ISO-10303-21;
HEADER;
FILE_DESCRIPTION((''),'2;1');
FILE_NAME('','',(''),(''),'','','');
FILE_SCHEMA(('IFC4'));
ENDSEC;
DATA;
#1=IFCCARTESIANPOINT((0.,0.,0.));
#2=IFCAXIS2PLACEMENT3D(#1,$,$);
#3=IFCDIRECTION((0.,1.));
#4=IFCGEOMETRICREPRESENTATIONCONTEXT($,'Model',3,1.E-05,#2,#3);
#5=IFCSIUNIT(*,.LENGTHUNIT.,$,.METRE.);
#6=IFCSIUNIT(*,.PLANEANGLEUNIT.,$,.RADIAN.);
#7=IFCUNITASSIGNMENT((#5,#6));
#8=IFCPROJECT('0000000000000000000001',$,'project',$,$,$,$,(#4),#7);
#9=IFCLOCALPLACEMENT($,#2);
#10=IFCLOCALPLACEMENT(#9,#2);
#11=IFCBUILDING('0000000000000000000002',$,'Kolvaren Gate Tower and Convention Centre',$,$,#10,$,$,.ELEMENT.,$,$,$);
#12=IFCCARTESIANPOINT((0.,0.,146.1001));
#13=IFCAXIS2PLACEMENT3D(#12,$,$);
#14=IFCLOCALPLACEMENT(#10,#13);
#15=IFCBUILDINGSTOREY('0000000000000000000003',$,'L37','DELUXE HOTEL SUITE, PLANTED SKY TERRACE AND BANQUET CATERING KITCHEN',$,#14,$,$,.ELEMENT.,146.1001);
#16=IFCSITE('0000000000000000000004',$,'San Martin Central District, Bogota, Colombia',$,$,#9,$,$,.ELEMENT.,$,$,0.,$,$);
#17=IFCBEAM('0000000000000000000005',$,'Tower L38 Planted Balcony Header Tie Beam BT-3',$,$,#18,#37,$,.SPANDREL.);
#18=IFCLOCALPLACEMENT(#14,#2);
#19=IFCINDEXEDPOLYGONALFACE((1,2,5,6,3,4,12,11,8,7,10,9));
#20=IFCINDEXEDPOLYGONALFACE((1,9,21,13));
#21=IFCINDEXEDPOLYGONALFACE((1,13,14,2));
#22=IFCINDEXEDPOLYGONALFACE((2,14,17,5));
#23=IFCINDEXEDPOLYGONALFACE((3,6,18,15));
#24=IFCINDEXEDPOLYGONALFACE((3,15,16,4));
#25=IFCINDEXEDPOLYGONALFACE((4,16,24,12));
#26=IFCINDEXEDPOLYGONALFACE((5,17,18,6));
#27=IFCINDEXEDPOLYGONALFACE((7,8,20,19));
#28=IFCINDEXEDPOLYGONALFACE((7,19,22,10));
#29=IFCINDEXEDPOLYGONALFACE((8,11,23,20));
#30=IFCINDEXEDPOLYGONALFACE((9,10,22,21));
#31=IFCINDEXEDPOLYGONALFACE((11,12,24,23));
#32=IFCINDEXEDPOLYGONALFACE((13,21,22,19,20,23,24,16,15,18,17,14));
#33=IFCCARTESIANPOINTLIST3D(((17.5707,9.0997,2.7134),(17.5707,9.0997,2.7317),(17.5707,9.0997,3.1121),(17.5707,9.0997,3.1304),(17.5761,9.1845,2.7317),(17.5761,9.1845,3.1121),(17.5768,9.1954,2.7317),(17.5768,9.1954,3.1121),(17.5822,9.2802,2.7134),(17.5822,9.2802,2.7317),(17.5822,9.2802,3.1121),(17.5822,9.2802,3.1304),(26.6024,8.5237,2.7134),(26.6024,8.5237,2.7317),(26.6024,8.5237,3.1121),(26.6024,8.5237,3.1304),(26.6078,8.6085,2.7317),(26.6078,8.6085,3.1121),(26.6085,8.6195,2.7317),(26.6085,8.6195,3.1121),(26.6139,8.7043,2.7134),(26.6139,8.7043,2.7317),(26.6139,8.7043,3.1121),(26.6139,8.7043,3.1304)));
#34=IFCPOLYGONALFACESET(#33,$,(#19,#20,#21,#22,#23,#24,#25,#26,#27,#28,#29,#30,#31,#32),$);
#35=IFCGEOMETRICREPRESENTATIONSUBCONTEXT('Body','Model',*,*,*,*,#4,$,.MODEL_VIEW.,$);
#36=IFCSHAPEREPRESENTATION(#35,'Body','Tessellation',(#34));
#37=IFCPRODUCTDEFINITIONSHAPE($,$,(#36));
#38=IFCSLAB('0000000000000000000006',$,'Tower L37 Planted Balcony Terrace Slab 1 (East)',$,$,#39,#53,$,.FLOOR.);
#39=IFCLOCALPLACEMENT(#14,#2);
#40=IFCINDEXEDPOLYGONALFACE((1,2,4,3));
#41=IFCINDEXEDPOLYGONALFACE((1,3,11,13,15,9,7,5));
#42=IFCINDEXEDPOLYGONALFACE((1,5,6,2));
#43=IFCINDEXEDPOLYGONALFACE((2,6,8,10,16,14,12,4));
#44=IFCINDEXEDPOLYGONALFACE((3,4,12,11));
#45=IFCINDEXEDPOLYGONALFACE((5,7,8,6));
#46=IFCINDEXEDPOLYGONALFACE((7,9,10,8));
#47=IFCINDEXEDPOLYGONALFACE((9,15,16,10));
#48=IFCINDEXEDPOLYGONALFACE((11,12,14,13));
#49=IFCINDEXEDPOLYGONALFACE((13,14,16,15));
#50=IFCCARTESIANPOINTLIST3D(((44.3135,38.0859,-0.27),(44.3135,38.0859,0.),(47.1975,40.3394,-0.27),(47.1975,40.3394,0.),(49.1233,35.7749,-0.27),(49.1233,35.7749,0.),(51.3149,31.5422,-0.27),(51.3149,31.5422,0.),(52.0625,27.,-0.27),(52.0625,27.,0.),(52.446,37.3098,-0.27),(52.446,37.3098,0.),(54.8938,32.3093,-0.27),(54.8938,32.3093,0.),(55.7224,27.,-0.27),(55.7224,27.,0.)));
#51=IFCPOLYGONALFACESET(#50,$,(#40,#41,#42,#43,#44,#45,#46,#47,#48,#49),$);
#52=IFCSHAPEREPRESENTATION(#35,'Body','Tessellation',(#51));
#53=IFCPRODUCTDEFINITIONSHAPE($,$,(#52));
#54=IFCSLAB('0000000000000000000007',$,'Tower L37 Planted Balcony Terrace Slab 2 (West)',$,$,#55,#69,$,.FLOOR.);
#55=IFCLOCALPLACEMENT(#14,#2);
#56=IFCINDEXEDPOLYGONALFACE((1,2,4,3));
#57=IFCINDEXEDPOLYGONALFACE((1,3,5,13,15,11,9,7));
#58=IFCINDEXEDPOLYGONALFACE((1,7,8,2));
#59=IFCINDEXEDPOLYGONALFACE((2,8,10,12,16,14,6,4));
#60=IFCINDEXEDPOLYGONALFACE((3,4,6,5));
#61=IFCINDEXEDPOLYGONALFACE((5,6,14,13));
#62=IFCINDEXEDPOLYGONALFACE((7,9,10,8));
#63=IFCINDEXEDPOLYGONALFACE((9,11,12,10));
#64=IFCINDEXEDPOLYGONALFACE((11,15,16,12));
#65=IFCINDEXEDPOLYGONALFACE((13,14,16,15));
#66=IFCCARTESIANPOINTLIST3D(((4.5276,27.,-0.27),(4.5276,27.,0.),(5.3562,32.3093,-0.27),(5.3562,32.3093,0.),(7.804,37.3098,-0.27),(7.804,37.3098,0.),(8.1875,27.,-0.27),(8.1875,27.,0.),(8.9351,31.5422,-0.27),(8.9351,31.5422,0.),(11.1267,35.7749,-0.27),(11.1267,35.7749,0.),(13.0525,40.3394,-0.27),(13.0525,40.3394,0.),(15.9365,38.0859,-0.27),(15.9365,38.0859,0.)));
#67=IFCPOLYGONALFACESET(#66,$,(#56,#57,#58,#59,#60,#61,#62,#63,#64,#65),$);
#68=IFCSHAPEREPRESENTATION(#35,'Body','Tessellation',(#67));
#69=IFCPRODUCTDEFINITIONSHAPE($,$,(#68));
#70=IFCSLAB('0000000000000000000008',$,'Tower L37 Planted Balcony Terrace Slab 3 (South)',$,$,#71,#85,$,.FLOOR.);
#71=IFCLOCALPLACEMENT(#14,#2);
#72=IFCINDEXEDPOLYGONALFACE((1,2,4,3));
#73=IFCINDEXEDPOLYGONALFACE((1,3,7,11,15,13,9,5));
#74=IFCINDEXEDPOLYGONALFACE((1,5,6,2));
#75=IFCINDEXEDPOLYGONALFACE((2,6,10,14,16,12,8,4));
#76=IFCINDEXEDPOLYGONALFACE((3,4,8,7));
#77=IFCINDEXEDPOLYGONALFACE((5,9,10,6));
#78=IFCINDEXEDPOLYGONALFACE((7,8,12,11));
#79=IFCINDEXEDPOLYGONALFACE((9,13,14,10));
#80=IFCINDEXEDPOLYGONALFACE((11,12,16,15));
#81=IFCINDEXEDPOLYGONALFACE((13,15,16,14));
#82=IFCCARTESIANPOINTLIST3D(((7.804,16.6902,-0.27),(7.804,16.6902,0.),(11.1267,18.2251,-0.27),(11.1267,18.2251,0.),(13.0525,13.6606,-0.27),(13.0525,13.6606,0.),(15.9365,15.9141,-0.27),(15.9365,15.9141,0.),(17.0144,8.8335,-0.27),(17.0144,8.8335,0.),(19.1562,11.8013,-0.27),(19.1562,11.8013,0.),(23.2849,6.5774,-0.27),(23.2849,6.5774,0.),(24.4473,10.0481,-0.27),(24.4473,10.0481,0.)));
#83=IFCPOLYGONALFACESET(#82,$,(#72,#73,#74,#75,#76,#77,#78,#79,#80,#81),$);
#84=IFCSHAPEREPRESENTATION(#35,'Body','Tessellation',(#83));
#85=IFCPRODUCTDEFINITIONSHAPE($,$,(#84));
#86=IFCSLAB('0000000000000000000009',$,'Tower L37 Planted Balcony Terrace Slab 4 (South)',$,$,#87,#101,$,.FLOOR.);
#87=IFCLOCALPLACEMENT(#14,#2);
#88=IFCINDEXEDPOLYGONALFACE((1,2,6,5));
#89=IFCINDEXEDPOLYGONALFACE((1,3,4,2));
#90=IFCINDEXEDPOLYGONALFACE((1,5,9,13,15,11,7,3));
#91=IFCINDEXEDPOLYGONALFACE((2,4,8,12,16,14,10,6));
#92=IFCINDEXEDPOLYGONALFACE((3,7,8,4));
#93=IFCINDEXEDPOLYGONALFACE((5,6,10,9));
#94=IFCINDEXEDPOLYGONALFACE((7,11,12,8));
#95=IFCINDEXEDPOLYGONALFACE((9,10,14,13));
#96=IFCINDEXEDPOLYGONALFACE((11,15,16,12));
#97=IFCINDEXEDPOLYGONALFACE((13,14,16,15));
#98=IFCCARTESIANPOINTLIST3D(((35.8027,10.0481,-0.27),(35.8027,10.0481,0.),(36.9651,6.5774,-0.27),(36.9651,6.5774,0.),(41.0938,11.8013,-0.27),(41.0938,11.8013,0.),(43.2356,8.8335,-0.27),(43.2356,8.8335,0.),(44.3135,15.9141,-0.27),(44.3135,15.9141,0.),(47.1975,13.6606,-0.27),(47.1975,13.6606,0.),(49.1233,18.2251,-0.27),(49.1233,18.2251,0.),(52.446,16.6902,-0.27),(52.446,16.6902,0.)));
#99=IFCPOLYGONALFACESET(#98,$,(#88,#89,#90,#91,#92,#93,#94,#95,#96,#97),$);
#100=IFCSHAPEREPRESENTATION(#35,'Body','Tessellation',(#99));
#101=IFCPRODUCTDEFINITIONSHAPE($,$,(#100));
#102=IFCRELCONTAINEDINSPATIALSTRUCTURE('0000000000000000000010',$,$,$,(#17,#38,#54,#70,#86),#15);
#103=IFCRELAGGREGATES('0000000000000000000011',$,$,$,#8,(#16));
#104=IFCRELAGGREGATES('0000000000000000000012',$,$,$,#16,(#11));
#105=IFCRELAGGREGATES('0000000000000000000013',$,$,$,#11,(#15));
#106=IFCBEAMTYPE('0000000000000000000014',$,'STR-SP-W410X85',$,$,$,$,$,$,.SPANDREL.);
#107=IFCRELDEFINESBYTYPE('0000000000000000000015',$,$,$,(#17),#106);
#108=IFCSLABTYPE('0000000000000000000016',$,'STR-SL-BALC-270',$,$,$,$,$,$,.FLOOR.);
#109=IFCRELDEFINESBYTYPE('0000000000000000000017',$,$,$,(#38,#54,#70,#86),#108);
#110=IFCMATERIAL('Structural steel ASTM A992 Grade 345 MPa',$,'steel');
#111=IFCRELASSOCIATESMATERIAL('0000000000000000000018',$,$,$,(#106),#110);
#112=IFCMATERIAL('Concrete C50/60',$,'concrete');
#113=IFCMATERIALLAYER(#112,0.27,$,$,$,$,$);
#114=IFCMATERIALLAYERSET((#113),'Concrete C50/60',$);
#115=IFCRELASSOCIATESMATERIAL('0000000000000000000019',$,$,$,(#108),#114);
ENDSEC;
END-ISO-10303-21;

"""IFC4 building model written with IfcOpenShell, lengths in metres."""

from ifc_helpers import new_model, si_unit, direction, frame, origin, origin_2d, place, context, subcontext, project, spatial, polyline, i_section, outline, extrude, material, layer, layer_set, material_profile, profile_set, type_object, element, save


model = new_model("IFC4")

# Units and contexts
model_context = context("Model", 3, precision=1e-05, world=origin(), true_north=direction((0.0, 1.0)))
body_context = subcontext(model_context, "Body", "Model", "MODEL_VIEW")
ifc_project = project(units=[si_unit("LENGTHUNIT", "METRE"), si_unit("PLANEANGLEUNIT", "RADIAN")], contexts=[model_context])

# Site, building, storey
site_placement = place(None, origin())
site = spatial("IfcSite", under=ifc_project, at=site_placement, Name="San Martin Central District, Bogota, Colombia", CompositionType="ELEMENT", RefElevation=0.0)
building_placement = place(site_placement, origin())
building = spatial("IfcBuilding", under=site, at=building_placement, Name="Kolvaren Gate Tower and Convention Centre", CompositionType="ELEMENT")
storey_placement = place(building_placement, frame((0.0, 0.0, 146.1001)))
storey = spatial("IfcBuildingStorey", under=building, at=storey_placement, Name="L37", Description="DELUXE HOTEL SUITE, PLANTED SKY TERRACE AND BANQUET CATERING KITCHEN", CompositionType="ELEMENT", Elevation=146.1001)

# Beam
ifc_material_1 = material(Name="Structural steel ASTM A992 Grade 345 MPa", Category="steel")
ifc_material_profile = material_profile(ifc_material_1, i_section(OverallWidth=0.1809, OverallDepth=0.417, WebThickness=0.011, FlangeThickness=0.0183, at=origin_2d()), Name="W410X85")
ifc_profile_set = profile_set([ifc_material_profile], Name="Structural steel ASTM A992 Grade 345 MPa")
beam_type = type_object("IfcBeamType", Name="STR-SP-W410X85", PredefinedType="SPANDREL", material=ifc_profile_set)
beam_placement = place(storey_placement, frame((17.5764, 9.1899, 2.9219), z_axis=(0.997973, -0.063638, 0.0), x_axis=(0.063638, 0.997973, 0.0)))
element("IfcBeam", 1, at=beam_placement, inside=storey, type_object=beam_type, Name="Tower L38 Planted Balcony Header Tie Beam BT-3", PredefinedType="SPANDREL", context=body_context, shape_type="SweptSolid", body=[
    extrude(i_section(OverallWidth=0.1809, OverallDepth=0.417, WebThickness=0.011, FlangeThickness=0.0183, at=origin_2d()), origin(), (0.0, 0.0, 1.0), 9.05),
])

# Slabs
ifc_material_2 = material(Name="Concrete C50/60", Category="concrete")
ifc_layer_1 = layer(ifc_material_2, 0.27)
ifc_layer_set_1 = layer_set([ifc_layer_1], Name="Concrete C50/60")
slab_type_1 = type_object("IfcSlabType", Name="STR-SL-BALC-270", PredefinedType="FLOOR", material=ifc_layer_set_1)
slab_1_placement = place(storey_placement, frame((0.0, 0.0, -0.27)))
element("IfcSlab", 2, at=slab_1_placement, inside=storey, type_object=slab_type_1, Name="Tower L37 Planted Balcony Terrace Slab 1 (East)", PredefinedType="FLOOR", context=body_context, shape_type="SweptSolid", body=[
    extrude(outline(polyline([(52.0625, 27.0), (51.3149, 31.5422), (49.1233, 35.7749), (44.3135, 38.0859), (47.1975, 40.3394), (52.446, 37.3098), (54.8938, 32.3093), (55.7224, 27.0), (52.0625, 27.0)])), origin(), (0.0, 0.0, 1.0), 0.27),
])
slab_2_placement = place(storey_placement, frame((0.0, 0.0, -0.27)))
element("IfcSlab", 3, at=slab_2_placement, inside=storey, type_object=slab_type_1, Name="Tower L37 Planted Balcony Terrace Slab 2 (West)", PredefinedType="FLOOR", context=body_context, shape_type="SweptSolid", body=[
    extrude(outline(polyline([(15.9365, 38.0859), (11.1267, 35.7749), (8.9351, 31.5422), (8.1875, 27.0), (4.5276, 27.0), (5.3562, 32.3093), (7.804, 37.3098), (13.0525, 40.3394), (15.9365, 38.0859)])), origin(), (0.0, 0.0, 1.0), 0.27),
])
slab_3_placement = place(storey_placement, frame((0.0, 0.0, -0.27)))
element("IfcSlab", 4, at=slab_3_placement, inside=storey, type_object=slab_type_1, Name="Tower L37 Planted Balcony Terrace Slab 3 (South)", PredefinedType="FLOOR", context=body_context, shape_type="SweptSolid", body=[
    extrude(outline(polyline([(11.1267, 18.2251), (15.9365, 15.9141), (19.1562, 11.8013), (24.4473, 10.0481), (23.2849, 6.5774), (17.0144, 8.8335), (13.0525, 13.6606), (7.804, 16.6902), (11.1267, 18.2251)])), origin(), (0.0, 0.0, 1.0), 0.27),
])
slab_4_placement = place(storey_placement, frame((0.0, 0.0, -0.27)))
element("IfcSlab", 5, at=slab_4_placement, inside=storey, type_object=slab_type_1, Name="Tower L37 Planted Balcony Terrace Slab 4 (South)", PredefinedType="FLOOR", context=body_context, shape_type="SweptSolid", body=[
    extrude(outline(polyline([(35.8027, 10.0481), (41.0938, 11.8013), (44.3135, 15.9141), (49.1233, 18.2251), (52.446, 16.6902), (47.1975, 13.6606), (43.2356, 8.8335), (36.9651, 6.5774), (35.8027, 10.0481)])), origin(), (0.0, 0.0, 1.0), 0.27),
])

save(model, "model.ifc")
